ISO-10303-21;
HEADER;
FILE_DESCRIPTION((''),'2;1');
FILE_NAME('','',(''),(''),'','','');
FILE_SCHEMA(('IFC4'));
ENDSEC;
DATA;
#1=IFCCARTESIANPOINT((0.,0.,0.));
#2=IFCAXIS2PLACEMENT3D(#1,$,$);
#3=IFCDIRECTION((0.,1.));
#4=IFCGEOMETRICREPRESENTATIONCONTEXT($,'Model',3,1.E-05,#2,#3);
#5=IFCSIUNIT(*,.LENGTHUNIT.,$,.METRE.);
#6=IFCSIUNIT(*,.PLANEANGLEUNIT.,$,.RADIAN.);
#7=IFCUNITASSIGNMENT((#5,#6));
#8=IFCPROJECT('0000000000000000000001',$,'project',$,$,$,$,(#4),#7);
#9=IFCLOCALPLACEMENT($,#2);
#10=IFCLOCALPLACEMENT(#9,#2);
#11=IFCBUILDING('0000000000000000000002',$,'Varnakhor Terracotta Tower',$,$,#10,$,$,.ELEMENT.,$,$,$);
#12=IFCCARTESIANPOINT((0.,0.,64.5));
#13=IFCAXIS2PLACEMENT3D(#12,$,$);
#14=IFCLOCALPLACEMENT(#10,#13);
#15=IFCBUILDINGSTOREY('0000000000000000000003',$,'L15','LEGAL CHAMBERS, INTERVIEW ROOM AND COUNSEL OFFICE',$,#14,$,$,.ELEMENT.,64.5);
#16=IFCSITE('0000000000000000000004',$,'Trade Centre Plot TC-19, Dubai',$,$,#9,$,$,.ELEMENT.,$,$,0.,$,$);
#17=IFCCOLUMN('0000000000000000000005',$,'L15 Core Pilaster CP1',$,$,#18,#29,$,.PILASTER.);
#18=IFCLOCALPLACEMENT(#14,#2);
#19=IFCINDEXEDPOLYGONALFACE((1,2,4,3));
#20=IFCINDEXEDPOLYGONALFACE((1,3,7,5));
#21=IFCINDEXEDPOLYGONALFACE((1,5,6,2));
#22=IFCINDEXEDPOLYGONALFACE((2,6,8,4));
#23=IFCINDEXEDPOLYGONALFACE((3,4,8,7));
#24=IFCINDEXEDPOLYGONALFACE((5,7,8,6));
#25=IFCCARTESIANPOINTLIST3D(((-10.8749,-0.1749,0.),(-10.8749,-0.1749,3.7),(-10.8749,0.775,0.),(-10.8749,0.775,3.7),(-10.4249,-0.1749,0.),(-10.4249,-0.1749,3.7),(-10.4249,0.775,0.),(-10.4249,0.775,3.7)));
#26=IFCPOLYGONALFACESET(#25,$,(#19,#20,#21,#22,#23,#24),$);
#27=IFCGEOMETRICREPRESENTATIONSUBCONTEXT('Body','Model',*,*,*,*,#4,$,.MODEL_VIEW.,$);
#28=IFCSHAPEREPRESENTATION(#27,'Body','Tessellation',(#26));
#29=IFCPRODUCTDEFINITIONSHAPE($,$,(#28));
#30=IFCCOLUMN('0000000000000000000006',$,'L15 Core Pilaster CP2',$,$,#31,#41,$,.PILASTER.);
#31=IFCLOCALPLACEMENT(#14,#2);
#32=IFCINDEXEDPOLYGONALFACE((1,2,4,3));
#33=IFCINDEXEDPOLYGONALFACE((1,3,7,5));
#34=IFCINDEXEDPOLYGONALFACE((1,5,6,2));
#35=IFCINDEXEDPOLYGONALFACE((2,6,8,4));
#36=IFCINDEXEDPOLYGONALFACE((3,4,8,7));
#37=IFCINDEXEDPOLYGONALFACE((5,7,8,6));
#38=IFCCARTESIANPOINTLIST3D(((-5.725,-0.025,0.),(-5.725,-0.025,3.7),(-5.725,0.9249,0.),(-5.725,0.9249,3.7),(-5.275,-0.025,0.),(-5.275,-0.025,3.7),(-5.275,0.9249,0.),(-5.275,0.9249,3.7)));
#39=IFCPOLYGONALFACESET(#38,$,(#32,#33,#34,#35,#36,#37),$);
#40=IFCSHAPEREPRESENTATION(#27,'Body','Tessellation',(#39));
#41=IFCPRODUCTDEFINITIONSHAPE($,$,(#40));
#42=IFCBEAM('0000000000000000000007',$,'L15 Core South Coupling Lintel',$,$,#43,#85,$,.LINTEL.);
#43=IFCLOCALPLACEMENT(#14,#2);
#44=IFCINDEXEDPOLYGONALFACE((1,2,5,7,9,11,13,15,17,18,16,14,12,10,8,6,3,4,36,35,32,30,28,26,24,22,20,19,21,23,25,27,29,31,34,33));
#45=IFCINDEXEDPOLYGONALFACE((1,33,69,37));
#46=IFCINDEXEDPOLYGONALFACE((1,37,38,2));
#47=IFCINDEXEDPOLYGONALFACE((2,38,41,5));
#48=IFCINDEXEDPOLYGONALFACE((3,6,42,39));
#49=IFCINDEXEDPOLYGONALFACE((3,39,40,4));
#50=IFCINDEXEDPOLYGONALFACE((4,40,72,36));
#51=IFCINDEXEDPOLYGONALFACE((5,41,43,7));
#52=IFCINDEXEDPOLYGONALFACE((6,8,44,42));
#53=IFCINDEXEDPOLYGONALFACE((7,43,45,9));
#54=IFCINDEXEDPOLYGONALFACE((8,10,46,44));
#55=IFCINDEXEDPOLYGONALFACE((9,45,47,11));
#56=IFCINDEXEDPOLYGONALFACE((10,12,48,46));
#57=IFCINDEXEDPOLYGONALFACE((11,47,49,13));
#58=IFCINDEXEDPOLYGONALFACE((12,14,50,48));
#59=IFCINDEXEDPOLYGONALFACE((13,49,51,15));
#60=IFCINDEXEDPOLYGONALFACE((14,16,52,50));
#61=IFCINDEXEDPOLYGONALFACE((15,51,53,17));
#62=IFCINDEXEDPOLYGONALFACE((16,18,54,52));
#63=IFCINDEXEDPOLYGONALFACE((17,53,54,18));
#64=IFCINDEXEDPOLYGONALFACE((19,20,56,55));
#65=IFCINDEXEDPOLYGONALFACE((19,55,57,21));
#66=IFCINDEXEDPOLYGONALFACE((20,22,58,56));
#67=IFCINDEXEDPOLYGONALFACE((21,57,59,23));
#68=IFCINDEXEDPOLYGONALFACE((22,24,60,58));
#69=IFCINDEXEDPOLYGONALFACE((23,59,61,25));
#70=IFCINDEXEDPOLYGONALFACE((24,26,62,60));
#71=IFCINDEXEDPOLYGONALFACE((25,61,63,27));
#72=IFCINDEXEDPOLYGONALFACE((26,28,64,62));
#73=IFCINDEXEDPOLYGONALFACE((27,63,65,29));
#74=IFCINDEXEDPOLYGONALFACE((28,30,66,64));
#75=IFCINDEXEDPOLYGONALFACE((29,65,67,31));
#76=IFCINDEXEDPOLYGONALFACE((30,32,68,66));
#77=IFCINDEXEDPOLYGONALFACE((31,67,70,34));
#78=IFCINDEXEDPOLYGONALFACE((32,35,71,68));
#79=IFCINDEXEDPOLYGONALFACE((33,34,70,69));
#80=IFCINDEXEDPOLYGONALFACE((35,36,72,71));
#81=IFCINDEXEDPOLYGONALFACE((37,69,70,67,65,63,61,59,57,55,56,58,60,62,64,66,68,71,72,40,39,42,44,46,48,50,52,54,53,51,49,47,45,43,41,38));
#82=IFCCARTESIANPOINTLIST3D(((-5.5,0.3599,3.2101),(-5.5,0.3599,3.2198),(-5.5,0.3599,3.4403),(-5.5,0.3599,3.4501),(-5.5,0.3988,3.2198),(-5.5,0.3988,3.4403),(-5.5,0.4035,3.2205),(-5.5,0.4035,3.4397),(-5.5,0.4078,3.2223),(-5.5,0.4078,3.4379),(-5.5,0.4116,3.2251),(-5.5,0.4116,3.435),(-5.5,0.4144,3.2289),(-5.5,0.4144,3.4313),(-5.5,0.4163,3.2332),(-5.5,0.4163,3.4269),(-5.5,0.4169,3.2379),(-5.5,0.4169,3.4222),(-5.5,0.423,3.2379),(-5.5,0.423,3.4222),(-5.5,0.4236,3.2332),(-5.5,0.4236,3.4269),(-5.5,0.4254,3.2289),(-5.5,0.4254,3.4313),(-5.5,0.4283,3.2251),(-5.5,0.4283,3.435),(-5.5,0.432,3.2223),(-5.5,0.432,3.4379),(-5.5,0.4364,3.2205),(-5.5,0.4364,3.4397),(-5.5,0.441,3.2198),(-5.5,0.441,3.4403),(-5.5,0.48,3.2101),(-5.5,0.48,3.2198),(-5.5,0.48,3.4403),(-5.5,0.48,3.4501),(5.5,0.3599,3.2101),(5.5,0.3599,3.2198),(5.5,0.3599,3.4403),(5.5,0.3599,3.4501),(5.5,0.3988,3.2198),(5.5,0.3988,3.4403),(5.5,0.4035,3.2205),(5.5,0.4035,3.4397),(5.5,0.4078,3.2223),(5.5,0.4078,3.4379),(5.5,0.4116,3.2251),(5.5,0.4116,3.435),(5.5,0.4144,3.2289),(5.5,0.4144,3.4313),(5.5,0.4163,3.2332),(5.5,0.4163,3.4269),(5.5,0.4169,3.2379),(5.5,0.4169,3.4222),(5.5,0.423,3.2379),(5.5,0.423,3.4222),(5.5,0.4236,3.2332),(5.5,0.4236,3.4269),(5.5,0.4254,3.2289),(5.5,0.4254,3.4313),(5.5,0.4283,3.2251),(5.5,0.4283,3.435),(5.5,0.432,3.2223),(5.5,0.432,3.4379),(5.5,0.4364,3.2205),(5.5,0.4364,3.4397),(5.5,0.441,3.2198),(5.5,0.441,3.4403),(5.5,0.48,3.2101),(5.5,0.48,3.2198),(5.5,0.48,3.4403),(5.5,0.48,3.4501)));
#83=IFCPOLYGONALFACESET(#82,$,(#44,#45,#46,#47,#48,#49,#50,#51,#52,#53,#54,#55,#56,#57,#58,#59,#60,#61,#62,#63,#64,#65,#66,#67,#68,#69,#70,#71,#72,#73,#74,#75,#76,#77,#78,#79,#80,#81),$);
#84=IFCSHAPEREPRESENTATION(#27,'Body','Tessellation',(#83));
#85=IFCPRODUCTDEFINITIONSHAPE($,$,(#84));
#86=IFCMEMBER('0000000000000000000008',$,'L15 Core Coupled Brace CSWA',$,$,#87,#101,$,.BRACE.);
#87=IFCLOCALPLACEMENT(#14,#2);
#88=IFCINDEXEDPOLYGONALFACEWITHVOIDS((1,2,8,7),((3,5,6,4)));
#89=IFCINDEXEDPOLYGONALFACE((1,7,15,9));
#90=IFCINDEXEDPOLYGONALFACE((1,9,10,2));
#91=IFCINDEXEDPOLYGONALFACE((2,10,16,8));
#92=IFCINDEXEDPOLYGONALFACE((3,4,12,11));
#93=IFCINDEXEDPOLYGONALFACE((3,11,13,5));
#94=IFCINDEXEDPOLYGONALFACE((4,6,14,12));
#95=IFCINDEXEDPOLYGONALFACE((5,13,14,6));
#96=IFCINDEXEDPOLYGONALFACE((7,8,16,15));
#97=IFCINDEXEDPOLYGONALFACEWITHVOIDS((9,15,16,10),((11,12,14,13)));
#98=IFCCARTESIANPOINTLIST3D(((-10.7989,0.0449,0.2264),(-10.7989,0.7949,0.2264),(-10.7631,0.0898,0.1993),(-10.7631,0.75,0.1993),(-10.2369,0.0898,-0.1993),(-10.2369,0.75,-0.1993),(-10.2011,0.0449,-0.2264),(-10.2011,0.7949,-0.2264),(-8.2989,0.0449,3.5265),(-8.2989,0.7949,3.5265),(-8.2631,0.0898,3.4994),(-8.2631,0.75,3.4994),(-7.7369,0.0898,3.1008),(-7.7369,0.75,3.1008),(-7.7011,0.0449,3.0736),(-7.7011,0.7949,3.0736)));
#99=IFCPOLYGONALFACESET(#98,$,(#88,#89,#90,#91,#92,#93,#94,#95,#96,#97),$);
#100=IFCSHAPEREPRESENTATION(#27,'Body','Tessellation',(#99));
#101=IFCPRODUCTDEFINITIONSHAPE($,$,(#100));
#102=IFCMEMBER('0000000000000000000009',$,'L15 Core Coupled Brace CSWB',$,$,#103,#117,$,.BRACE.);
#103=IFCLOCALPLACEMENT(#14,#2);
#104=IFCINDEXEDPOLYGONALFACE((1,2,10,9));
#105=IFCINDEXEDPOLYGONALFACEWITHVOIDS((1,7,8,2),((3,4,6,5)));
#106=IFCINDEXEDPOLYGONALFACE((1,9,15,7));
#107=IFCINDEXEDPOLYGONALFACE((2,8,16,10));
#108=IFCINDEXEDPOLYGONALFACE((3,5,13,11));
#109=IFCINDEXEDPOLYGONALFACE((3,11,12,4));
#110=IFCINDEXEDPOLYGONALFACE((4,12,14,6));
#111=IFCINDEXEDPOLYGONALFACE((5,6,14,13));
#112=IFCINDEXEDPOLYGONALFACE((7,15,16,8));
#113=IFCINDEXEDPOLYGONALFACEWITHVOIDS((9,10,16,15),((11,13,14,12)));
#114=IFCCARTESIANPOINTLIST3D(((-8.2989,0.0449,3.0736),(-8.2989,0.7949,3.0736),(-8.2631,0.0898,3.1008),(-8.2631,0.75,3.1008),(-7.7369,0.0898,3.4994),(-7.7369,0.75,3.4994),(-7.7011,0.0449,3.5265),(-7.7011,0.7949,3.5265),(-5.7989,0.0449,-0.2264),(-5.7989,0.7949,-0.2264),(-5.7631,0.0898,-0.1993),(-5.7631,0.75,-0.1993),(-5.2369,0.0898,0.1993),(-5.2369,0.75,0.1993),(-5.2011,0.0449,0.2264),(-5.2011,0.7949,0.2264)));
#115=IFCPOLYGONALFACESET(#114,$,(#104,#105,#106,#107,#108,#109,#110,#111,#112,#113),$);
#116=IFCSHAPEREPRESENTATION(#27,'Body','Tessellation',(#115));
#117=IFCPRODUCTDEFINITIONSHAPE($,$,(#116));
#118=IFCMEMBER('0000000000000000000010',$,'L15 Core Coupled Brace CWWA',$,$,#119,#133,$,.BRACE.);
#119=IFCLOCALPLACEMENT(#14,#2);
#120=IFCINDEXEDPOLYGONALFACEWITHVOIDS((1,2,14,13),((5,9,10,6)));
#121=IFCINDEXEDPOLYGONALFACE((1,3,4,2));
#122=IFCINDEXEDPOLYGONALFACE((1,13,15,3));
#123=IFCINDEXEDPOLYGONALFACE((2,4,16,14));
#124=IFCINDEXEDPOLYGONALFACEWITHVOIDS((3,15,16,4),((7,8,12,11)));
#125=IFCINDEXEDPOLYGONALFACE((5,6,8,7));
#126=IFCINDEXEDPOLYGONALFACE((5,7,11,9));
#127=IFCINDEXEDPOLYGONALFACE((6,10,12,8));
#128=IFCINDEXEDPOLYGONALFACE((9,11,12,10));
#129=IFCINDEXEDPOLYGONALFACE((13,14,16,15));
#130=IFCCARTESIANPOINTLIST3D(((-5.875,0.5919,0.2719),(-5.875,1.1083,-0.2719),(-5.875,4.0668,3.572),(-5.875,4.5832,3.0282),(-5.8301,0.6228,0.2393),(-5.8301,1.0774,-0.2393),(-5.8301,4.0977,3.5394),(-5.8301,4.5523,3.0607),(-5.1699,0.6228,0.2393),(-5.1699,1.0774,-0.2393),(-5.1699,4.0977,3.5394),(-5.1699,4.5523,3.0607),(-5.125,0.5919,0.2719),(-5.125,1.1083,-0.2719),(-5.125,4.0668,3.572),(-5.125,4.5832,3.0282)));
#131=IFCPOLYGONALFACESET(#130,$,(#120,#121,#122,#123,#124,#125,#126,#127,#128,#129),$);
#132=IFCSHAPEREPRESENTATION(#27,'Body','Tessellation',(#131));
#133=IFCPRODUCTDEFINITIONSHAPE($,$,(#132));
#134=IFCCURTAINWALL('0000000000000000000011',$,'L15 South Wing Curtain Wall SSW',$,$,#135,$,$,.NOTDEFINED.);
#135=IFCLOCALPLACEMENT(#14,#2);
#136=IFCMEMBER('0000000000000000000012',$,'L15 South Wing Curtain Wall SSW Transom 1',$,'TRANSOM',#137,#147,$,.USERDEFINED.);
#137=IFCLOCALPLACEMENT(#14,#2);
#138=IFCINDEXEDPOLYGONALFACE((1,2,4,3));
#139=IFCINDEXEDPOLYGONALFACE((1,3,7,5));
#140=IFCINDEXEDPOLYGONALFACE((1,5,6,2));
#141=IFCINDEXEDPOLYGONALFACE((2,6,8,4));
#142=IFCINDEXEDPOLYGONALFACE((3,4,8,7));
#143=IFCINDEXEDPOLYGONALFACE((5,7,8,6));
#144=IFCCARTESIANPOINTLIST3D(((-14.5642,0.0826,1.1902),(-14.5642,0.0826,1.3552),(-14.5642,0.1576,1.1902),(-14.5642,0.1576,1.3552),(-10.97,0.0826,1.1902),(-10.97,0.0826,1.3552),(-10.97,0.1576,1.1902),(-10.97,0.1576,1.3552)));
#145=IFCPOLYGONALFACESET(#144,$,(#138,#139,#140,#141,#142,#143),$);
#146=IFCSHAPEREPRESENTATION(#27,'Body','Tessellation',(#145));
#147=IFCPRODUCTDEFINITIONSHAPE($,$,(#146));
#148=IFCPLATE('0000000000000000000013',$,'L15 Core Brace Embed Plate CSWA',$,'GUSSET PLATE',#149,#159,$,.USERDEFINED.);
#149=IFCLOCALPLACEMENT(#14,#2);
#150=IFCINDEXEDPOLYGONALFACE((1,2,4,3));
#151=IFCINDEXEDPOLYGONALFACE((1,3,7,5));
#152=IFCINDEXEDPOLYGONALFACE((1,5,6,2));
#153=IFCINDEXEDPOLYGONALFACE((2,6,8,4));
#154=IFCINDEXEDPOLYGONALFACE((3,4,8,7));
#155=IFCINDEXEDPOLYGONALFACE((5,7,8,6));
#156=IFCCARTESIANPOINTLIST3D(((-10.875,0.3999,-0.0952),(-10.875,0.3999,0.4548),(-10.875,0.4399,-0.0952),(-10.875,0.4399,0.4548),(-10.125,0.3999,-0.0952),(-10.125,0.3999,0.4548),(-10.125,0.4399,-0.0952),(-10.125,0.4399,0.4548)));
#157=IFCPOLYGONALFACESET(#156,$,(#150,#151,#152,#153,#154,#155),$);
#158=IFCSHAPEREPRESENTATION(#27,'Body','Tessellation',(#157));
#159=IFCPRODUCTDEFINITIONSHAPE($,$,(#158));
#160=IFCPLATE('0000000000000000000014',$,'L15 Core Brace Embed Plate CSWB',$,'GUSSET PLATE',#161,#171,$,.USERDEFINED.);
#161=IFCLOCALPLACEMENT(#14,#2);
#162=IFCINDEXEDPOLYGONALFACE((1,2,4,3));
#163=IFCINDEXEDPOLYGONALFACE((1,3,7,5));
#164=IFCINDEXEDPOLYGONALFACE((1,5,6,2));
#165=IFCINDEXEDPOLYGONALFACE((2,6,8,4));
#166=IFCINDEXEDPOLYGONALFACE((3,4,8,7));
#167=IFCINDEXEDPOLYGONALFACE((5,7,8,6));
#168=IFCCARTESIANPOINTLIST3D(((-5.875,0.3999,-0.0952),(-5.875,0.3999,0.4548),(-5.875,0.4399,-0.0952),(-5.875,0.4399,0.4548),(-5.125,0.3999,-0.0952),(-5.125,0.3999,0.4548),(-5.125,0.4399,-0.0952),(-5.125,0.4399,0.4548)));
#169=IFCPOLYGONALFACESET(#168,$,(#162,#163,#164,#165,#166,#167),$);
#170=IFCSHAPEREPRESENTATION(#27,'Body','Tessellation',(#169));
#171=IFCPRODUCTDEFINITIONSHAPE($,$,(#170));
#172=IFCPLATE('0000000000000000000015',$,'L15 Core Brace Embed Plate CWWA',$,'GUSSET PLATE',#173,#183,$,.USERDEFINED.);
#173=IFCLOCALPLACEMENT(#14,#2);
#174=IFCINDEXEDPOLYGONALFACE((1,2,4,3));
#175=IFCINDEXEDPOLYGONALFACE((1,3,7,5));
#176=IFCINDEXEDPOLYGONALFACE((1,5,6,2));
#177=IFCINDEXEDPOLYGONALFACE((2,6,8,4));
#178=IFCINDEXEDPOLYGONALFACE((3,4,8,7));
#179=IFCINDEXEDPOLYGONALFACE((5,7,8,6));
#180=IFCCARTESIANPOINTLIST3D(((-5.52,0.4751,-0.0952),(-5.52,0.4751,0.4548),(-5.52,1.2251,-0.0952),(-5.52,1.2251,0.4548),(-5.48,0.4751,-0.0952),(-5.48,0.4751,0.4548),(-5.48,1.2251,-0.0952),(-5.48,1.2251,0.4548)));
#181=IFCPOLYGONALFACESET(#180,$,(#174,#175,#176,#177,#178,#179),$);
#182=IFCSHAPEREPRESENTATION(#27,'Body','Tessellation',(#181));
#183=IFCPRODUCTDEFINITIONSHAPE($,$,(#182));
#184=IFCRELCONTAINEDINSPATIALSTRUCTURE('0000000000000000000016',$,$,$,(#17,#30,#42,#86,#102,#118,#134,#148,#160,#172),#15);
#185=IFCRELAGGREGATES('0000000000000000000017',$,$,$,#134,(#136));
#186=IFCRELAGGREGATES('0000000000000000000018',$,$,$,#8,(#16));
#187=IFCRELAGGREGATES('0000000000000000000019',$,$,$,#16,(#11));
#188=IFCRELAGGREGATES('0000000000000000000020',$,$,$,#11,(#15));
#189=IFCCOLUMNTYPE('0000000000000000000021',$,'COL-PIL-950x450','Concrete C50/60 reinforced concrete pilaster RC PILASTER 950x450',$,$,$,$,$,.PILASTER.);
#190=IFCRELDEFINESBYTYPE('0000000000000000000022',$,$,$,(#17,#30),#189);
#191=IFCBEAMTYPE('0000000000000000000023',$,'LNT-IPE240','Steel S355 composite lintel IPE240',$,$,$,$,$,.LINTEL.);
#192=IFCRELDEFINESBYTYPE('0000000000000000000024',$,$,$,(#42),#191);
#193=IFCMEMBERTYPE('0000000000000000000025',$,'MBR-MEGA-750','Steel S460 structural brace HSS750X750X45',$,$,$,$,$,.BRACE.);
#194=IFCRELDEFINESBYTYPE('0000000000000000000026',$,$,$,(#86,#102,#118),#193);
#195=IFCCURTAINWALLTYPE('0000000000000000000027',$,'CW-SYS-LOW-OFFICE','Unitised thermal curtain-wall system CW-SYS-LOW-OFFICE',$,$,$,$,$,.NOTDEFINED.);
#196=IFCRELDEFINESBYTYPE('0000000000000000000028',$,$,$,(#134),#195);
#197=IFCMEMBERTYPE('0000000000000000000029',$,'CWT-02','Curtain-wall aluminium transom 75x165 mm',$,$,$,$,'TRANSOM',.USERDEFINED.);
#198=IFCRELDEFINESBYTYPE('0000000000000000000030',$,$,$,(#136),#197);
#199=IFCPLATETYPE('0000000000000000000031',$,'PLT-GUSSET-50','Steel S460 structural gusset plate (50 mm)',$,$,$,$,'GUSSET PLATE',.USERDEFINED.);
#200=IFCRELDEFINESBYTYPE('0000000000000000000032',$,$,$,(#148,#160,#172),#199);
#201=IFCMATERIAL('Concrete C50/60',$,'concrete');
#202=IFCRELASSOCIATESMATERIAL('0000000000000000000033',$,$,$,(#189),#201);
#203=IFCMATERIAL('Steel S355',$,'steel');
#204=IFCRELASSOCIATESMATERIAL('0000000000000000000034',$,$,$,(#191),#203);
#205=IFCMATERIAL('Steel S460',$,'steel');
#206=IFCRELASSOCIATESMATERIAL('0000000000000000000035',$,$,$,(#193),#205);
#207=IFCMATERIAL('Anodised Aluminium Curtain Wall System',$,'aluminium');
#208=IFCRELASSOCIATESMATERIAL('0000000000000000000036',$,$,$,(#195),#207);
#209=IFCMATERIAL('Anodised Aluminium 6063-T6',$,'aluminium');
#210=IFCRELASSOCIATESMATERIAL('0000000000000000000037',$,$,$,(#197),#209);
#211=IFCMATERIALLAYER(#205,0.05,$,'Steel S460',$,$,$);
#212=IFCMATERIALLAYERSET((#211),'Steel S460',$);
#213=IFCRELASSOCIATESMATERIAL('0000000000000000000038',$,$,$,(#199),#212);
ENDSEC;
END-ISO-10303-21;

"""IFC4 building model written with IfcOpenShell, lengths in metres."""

from ifc_helpers import new_model, si_unit, direction, frame, origin, origin_2d, place, context, subcontext, project, spatial, rectangle, hollow_rectangle, i_section, extrude, source, transform, mapped, material, layer, layer_set, material_profile, profile_set, type_object, type_shapes, element, aggregate, save


model = new_model("IFC4")

# Units and contexts
model_context = context("Model", 3, precision=1e-05, world=origin(), true_north=direction((0.0, 1.0)))
body_context = subcontext(model_context, "Body", "Model", "MODEL_VIEW")
ifc_project = project(units=[si_unit("LENGTHUNIT", "METRE"), si_unit("PLANEANGLEUNIT", "RADIAN")], contexts=[model_context])

# Site, building, storey
site_placement = place(None, origin())
site = spatial("IfcSite", under=ifc_project, at=site_placement, Name="Trade Centre Plot TC-19, Dubai", CompositionType="ELEMENT", RefElevation=0.0)
building_placement = place(site_placement, origin())
building = spatial("IfcBuilding", under=site, at=building_placement, Name="Varnakhor Terracotta Tower", CompositionType="ELEMENT")
storey_placement = place(building_placement, frame((0.0, 0.0, 64.5)))
storey = spatial("IfcBuildingStorey", under=building, at=storey_placement, Name="L15", Description="LEGAL CHAMBERS, INTERVIEW ROOM AND COUNSEL OFFICE", CompositionType="ELEMENT", Elevation=64.5)

# Columns
ifc_material_1 = material(Name="Concrete C50/60", Category="concrete")
ifc_material_profile_1 = material_profile(ifc_material_1, rectangle(XDim=0.45, YDim=0.95, at=origin_2d()), Name="RC PILASTER 950x450")
ifc_profile_set_1 = profile_set([ifc_material_profile_1], Name="Concrete C50/60")
column_type = type_object("IfcColumnType", Name="COL-PIL-950x450", Description="Concrete C50/60 reinforced concrete pilaster RC PILASTER 950x450", PredefinedType="PILASTER", material=ifc_profile_set_1)
shared_shape_1 = source(origin(), body_context, "Body", "SweptSolid", [
    extrude(rectangle(XDim=0.45, YDim=0.95, at=origin_2d()), origin(), (0.0, 0.0, 1.0), 3.7),
])
for number, where, z_axis, x_axis, name in (
    (1, (-10.6499, 0.3, 0.0), (0.0, 0.0, 1.0), (1.0, 0.0, 0.0), "L15 Core Pilaster CP1"),
    (2, (-5.5, 0.45, 0.0), (0.0, 0.0, 1.0), (1.0, 0.0, 0.0), "L15 Core Pilaster CP2"),
):
    element("IfcColumn", number, at=place(storey_placement, frame(where, z_axis=z_axis, x_axis=x_axis)), inside=storey, type_object=column_type, Name=name, PredefinedType="PILASTER", context=body_context, shape_type="MappedRepresentation", body=[
        mapped(shared_shape_1, transform((0.0, 0.0, 0.0), scale=1.0)),
    ])

# Beam
ifc_material_2 = material(Name="Steel S355", Category="steel")
ifc_material_profile_2 = material_profile(ifc_material_2, i_section(OverallWidth=0.1201, OverallDepth=0.24, WebThickness=0.0061, FlangeThickness=0.0098, FilletRadius=0.0181, at=origin_2d()), Name="IPE240")
ifc_profile_set_2 = profile_set([ifc_material_profile_2], Name="Steel S355")
beam_type = type_object("IfcBeamType", Name="LNT-IPE240", Description="Steel S355 composite lintel IPE240", PredefinedType="LINTEL", material=ifc_profile_set_2)
shared_shape_2 = source(origin(), body_context, "Body", "SweptSolid", [
    extrude(i_section(OverallWidth=0.1201, OverallDepth=0.24, WebThickness=0.0061, FlangeThickness=0.0098, FilletRadius=0.0181, at=origin_2d()), origin(), (0.0, 0.0, 1.0), 11.0),
])
type_shapes(beam_type, [shared_shape_2])
beam_placement = place(storey_placement, frame((-5.5, 0.4199, 3.3301), z_axis=(1.0, 0.0, 0.0), x_axis=(0.0, 1.0, 0.0)))
element("IfcBeam", 3, at=beam_placement, inside=storey, type_object=beam_type, Name="L15 Core South Coupling Lintel", PredefinedType="LINTEL", context=body_context, shape_type="MappedRepresentation", body=[
    mapped(shared_shape_2, transform((0.0, 0.0, 0.0), scale=1.0)),
])

# Members
ifc_material_3 = material(Name="Steel S460", Category="steel")
ifc_material_profile_3 = material_profile(ifc_material_3, hollow_rectangle(XDim=0.75, YDim=0.75, WallThickness=0.0449, at=origin_2d()), Name="HSS750X750X45")
ifc_profile_set_3 = profile_set([ifc_material_profile_3], Name="Steel S460")
member_type_1 = type_object("IfcMemberType", Name="MBR-MEGA-750", Description="Steel S460 structural brace HSS750X750X45", PredefinedType="BRACE", material=ifc_profile_set_3)
shared_shape_3 = source(origin(), body_context, "Body", "SweptSolid", [
    extrude(hollow_rectangle(XDim=0.75, YDim=0.75, WallThickness=0.0449, at=origin_2d()), origin(), (0.0, 0.0, 1.0), 4.1401),
])
type_shapes(member_type_1, [shared_shape_3])
for number, where, z_axis, x_axis, name in (
    (4, (-10.5, 0.4199, 0.0), (0.603852, 0.0, 0.797096), (0.0, 1.0, 0.0), "L15 Core Coupled Brace CSWA"),
    (5, (-5.5, 0.4199, 0.0), (-0.603852, 0.0, 0.797096), (0.0, -1.0, 0.0), "L15 Core Coupled Brace CSWB"),
):
    element("IfcMember", number, at=place(storey_placement, frame(where, z_axis=z_axis, x_axis=x_axis)), inside=storey, type_object=member_type_1, Name=name, PredefinedType="BRACE", context=body_context, shape_type="MappedRepresentation", body=[
        mapped(shared_shape_3, transform((0.0, 0.0, 0.0), scale=1.0)),
    ])
shared_shape_4 = source(origin(), body_context, "Body", "SweptSolid", [
    extrude(hollow_rectangle(XDim=0.75, YDim=0.75, WallThickness=0.0449, at=origin_2d()), origin(), (0.0, 0.0, 1.0), 4.7922),
])
member_1_placement = place(storey_placement, frame((-5.5, 0.8501, 0.0), z_axis=(0.0, 0.72511, 0.688633), x_axis=(-1.0, 0.0, 0.0)))
element("IfcMember", 6, at=member_1_placement, inside=storey, type_object=member_type_1, Name="L15 Core Coupled Brace CWWA", PredefinedType="BRACE", context=body_context, shape_type="MappedRepresentation", body=[
    mapped(shared_shape_4, transform((0.0, 0.0, 0.0), scale=1.0)),
])

# Curtain wall, member
ifc_material_4 = material(Name="Anodised Aluminium Curtain Wall System", Category="aluminium")
curtain_wall_type = type_object("IfcCurtainWallType", Name="CW-SYS-LOW-OFFICE", Description="Unitised thermal curtain-wall system CW-SYS-LOW-OFFICE", PredefinedType="NOTDEFINED", material=ifc_material_4)
curtain_wall_placement = place(storey_placement, origin())
curtain_wall = element("IfcCurtainWall", 7, at=curtain_wall_placement, inside=storey, type_object=curtain_wall_type, Name="L15 South Wing Curtain Wall SSW", PredefinedType="NOTDEFINED")
ifc_material_5 = material(Name="Anodised Aluminium 6063-T6", Category="aluminium")
ifc_material_profile_4 = material_profile(ifc_material_5, rectangle(XDim=0.075, YDim=0.165, at=origin_2d()), Name="ALU TRANSOM 75x165")
ifc_profile_set_4 = profile_set([ifc_material_profile_4], Name="Anodised Aluminium 6063-T6")
member_type_2 = type_object("IfcMemberType", Name="CWT-02", Description="Curtain-wall aluminium transom 75x165 mm", ElementType="TRANSOM", PredefinedType="USERDEFINED", material=ifc_profile_set_4)
shared_shape_5 = source(origin(), body_context, "Body", "SweptSolid", [
    extrude(rectangle(XDim=0.075, YDim=0.165, at=origin_2d()), origin(), (0.0, 0.0, 1.0), 3.5942),
])
member_2_placement = place(storey_placement, frame((-10.97, 0.1201, 1.2727), z_axis=(-1.0, 0.0, 0.0), x_axis=(0.0, -1.0, 0.0)))
member_2 = element("IfcMember", 8, at=member_2_placement, type_object=member_type_2, Name="L15 South Wing Curtain Wall SSW Transom 1", ObjectType="TRANSOM", PredefinedType="USERDEFINED", context=body_context, shape_type="MappedRepresentation", body=[
    mapped(shared_shape_5, transform((0.0, 0.0, 0.0), scale=1.0)),
])
aggregate(curtain_wall, [member_2])

# Plates
ifc_layer_1 = layer(ifc_material_3, 0.05, Name="Steel S460")
ifc_layer_set_1 = layer_set([ifc_layer_1], Name="Steel S460")
plate_type = type_object("IfcPlateType", Name="PLT-GUSSET-50", Description="Steel S460 structural gusset plate (50 mm)", ElementType="GUSSET PLATE", PredefinedType="USERDEFINED", material=ifc_layer_set_1)
shared_shape_6 = source(origin(), body_context, "Body", "SweptSolid", [
    extrude(rectangle(XDim=0.75, YDim=0.04, at=origin_2d()), origin(), (0.0, 0.0, 1.0), 0.55),
])
type_shapes(plate_type, [shared_shape_6])
for number, where, z_axis, x_axis, name in (
    (9, (-10.5, 0.4199, -0.0952), (0.0, 0.0, 1.0), (1.0, 0.0, 0.0), "L15 Core Brace Embed Plate CSWA"),
    (10, (-5.5, 0.4199, -0.0952), (0.0, 0.0, 1.0), (1.0, 0.0, 0.0), "L15 Core Brace Embed Plate CSWB"),
    (11, (-5.5, 0.8501, -0.0952), (0.0, 0.0, 1.0), (0.0, 1.0, 0.0), "L15 Core Brace Embed Plate CWWA"),
):
    element("IfcPlate", number, at=place(storey_placement, frame(where, z_axis=z_axis, x_axis=x_axis)), inside=storey, type_object=plate_type, Name=name, ObjectType="GUSSET PLATE", PredefinedType="USERDEFINED", context=body_context, shape_type="MappedRepresentation", body=[
        mapped(shared_shape_6, transform((0.0, 0.0, 0.0), scale=1.0)),
    ])

save(model, "model.ifc")
